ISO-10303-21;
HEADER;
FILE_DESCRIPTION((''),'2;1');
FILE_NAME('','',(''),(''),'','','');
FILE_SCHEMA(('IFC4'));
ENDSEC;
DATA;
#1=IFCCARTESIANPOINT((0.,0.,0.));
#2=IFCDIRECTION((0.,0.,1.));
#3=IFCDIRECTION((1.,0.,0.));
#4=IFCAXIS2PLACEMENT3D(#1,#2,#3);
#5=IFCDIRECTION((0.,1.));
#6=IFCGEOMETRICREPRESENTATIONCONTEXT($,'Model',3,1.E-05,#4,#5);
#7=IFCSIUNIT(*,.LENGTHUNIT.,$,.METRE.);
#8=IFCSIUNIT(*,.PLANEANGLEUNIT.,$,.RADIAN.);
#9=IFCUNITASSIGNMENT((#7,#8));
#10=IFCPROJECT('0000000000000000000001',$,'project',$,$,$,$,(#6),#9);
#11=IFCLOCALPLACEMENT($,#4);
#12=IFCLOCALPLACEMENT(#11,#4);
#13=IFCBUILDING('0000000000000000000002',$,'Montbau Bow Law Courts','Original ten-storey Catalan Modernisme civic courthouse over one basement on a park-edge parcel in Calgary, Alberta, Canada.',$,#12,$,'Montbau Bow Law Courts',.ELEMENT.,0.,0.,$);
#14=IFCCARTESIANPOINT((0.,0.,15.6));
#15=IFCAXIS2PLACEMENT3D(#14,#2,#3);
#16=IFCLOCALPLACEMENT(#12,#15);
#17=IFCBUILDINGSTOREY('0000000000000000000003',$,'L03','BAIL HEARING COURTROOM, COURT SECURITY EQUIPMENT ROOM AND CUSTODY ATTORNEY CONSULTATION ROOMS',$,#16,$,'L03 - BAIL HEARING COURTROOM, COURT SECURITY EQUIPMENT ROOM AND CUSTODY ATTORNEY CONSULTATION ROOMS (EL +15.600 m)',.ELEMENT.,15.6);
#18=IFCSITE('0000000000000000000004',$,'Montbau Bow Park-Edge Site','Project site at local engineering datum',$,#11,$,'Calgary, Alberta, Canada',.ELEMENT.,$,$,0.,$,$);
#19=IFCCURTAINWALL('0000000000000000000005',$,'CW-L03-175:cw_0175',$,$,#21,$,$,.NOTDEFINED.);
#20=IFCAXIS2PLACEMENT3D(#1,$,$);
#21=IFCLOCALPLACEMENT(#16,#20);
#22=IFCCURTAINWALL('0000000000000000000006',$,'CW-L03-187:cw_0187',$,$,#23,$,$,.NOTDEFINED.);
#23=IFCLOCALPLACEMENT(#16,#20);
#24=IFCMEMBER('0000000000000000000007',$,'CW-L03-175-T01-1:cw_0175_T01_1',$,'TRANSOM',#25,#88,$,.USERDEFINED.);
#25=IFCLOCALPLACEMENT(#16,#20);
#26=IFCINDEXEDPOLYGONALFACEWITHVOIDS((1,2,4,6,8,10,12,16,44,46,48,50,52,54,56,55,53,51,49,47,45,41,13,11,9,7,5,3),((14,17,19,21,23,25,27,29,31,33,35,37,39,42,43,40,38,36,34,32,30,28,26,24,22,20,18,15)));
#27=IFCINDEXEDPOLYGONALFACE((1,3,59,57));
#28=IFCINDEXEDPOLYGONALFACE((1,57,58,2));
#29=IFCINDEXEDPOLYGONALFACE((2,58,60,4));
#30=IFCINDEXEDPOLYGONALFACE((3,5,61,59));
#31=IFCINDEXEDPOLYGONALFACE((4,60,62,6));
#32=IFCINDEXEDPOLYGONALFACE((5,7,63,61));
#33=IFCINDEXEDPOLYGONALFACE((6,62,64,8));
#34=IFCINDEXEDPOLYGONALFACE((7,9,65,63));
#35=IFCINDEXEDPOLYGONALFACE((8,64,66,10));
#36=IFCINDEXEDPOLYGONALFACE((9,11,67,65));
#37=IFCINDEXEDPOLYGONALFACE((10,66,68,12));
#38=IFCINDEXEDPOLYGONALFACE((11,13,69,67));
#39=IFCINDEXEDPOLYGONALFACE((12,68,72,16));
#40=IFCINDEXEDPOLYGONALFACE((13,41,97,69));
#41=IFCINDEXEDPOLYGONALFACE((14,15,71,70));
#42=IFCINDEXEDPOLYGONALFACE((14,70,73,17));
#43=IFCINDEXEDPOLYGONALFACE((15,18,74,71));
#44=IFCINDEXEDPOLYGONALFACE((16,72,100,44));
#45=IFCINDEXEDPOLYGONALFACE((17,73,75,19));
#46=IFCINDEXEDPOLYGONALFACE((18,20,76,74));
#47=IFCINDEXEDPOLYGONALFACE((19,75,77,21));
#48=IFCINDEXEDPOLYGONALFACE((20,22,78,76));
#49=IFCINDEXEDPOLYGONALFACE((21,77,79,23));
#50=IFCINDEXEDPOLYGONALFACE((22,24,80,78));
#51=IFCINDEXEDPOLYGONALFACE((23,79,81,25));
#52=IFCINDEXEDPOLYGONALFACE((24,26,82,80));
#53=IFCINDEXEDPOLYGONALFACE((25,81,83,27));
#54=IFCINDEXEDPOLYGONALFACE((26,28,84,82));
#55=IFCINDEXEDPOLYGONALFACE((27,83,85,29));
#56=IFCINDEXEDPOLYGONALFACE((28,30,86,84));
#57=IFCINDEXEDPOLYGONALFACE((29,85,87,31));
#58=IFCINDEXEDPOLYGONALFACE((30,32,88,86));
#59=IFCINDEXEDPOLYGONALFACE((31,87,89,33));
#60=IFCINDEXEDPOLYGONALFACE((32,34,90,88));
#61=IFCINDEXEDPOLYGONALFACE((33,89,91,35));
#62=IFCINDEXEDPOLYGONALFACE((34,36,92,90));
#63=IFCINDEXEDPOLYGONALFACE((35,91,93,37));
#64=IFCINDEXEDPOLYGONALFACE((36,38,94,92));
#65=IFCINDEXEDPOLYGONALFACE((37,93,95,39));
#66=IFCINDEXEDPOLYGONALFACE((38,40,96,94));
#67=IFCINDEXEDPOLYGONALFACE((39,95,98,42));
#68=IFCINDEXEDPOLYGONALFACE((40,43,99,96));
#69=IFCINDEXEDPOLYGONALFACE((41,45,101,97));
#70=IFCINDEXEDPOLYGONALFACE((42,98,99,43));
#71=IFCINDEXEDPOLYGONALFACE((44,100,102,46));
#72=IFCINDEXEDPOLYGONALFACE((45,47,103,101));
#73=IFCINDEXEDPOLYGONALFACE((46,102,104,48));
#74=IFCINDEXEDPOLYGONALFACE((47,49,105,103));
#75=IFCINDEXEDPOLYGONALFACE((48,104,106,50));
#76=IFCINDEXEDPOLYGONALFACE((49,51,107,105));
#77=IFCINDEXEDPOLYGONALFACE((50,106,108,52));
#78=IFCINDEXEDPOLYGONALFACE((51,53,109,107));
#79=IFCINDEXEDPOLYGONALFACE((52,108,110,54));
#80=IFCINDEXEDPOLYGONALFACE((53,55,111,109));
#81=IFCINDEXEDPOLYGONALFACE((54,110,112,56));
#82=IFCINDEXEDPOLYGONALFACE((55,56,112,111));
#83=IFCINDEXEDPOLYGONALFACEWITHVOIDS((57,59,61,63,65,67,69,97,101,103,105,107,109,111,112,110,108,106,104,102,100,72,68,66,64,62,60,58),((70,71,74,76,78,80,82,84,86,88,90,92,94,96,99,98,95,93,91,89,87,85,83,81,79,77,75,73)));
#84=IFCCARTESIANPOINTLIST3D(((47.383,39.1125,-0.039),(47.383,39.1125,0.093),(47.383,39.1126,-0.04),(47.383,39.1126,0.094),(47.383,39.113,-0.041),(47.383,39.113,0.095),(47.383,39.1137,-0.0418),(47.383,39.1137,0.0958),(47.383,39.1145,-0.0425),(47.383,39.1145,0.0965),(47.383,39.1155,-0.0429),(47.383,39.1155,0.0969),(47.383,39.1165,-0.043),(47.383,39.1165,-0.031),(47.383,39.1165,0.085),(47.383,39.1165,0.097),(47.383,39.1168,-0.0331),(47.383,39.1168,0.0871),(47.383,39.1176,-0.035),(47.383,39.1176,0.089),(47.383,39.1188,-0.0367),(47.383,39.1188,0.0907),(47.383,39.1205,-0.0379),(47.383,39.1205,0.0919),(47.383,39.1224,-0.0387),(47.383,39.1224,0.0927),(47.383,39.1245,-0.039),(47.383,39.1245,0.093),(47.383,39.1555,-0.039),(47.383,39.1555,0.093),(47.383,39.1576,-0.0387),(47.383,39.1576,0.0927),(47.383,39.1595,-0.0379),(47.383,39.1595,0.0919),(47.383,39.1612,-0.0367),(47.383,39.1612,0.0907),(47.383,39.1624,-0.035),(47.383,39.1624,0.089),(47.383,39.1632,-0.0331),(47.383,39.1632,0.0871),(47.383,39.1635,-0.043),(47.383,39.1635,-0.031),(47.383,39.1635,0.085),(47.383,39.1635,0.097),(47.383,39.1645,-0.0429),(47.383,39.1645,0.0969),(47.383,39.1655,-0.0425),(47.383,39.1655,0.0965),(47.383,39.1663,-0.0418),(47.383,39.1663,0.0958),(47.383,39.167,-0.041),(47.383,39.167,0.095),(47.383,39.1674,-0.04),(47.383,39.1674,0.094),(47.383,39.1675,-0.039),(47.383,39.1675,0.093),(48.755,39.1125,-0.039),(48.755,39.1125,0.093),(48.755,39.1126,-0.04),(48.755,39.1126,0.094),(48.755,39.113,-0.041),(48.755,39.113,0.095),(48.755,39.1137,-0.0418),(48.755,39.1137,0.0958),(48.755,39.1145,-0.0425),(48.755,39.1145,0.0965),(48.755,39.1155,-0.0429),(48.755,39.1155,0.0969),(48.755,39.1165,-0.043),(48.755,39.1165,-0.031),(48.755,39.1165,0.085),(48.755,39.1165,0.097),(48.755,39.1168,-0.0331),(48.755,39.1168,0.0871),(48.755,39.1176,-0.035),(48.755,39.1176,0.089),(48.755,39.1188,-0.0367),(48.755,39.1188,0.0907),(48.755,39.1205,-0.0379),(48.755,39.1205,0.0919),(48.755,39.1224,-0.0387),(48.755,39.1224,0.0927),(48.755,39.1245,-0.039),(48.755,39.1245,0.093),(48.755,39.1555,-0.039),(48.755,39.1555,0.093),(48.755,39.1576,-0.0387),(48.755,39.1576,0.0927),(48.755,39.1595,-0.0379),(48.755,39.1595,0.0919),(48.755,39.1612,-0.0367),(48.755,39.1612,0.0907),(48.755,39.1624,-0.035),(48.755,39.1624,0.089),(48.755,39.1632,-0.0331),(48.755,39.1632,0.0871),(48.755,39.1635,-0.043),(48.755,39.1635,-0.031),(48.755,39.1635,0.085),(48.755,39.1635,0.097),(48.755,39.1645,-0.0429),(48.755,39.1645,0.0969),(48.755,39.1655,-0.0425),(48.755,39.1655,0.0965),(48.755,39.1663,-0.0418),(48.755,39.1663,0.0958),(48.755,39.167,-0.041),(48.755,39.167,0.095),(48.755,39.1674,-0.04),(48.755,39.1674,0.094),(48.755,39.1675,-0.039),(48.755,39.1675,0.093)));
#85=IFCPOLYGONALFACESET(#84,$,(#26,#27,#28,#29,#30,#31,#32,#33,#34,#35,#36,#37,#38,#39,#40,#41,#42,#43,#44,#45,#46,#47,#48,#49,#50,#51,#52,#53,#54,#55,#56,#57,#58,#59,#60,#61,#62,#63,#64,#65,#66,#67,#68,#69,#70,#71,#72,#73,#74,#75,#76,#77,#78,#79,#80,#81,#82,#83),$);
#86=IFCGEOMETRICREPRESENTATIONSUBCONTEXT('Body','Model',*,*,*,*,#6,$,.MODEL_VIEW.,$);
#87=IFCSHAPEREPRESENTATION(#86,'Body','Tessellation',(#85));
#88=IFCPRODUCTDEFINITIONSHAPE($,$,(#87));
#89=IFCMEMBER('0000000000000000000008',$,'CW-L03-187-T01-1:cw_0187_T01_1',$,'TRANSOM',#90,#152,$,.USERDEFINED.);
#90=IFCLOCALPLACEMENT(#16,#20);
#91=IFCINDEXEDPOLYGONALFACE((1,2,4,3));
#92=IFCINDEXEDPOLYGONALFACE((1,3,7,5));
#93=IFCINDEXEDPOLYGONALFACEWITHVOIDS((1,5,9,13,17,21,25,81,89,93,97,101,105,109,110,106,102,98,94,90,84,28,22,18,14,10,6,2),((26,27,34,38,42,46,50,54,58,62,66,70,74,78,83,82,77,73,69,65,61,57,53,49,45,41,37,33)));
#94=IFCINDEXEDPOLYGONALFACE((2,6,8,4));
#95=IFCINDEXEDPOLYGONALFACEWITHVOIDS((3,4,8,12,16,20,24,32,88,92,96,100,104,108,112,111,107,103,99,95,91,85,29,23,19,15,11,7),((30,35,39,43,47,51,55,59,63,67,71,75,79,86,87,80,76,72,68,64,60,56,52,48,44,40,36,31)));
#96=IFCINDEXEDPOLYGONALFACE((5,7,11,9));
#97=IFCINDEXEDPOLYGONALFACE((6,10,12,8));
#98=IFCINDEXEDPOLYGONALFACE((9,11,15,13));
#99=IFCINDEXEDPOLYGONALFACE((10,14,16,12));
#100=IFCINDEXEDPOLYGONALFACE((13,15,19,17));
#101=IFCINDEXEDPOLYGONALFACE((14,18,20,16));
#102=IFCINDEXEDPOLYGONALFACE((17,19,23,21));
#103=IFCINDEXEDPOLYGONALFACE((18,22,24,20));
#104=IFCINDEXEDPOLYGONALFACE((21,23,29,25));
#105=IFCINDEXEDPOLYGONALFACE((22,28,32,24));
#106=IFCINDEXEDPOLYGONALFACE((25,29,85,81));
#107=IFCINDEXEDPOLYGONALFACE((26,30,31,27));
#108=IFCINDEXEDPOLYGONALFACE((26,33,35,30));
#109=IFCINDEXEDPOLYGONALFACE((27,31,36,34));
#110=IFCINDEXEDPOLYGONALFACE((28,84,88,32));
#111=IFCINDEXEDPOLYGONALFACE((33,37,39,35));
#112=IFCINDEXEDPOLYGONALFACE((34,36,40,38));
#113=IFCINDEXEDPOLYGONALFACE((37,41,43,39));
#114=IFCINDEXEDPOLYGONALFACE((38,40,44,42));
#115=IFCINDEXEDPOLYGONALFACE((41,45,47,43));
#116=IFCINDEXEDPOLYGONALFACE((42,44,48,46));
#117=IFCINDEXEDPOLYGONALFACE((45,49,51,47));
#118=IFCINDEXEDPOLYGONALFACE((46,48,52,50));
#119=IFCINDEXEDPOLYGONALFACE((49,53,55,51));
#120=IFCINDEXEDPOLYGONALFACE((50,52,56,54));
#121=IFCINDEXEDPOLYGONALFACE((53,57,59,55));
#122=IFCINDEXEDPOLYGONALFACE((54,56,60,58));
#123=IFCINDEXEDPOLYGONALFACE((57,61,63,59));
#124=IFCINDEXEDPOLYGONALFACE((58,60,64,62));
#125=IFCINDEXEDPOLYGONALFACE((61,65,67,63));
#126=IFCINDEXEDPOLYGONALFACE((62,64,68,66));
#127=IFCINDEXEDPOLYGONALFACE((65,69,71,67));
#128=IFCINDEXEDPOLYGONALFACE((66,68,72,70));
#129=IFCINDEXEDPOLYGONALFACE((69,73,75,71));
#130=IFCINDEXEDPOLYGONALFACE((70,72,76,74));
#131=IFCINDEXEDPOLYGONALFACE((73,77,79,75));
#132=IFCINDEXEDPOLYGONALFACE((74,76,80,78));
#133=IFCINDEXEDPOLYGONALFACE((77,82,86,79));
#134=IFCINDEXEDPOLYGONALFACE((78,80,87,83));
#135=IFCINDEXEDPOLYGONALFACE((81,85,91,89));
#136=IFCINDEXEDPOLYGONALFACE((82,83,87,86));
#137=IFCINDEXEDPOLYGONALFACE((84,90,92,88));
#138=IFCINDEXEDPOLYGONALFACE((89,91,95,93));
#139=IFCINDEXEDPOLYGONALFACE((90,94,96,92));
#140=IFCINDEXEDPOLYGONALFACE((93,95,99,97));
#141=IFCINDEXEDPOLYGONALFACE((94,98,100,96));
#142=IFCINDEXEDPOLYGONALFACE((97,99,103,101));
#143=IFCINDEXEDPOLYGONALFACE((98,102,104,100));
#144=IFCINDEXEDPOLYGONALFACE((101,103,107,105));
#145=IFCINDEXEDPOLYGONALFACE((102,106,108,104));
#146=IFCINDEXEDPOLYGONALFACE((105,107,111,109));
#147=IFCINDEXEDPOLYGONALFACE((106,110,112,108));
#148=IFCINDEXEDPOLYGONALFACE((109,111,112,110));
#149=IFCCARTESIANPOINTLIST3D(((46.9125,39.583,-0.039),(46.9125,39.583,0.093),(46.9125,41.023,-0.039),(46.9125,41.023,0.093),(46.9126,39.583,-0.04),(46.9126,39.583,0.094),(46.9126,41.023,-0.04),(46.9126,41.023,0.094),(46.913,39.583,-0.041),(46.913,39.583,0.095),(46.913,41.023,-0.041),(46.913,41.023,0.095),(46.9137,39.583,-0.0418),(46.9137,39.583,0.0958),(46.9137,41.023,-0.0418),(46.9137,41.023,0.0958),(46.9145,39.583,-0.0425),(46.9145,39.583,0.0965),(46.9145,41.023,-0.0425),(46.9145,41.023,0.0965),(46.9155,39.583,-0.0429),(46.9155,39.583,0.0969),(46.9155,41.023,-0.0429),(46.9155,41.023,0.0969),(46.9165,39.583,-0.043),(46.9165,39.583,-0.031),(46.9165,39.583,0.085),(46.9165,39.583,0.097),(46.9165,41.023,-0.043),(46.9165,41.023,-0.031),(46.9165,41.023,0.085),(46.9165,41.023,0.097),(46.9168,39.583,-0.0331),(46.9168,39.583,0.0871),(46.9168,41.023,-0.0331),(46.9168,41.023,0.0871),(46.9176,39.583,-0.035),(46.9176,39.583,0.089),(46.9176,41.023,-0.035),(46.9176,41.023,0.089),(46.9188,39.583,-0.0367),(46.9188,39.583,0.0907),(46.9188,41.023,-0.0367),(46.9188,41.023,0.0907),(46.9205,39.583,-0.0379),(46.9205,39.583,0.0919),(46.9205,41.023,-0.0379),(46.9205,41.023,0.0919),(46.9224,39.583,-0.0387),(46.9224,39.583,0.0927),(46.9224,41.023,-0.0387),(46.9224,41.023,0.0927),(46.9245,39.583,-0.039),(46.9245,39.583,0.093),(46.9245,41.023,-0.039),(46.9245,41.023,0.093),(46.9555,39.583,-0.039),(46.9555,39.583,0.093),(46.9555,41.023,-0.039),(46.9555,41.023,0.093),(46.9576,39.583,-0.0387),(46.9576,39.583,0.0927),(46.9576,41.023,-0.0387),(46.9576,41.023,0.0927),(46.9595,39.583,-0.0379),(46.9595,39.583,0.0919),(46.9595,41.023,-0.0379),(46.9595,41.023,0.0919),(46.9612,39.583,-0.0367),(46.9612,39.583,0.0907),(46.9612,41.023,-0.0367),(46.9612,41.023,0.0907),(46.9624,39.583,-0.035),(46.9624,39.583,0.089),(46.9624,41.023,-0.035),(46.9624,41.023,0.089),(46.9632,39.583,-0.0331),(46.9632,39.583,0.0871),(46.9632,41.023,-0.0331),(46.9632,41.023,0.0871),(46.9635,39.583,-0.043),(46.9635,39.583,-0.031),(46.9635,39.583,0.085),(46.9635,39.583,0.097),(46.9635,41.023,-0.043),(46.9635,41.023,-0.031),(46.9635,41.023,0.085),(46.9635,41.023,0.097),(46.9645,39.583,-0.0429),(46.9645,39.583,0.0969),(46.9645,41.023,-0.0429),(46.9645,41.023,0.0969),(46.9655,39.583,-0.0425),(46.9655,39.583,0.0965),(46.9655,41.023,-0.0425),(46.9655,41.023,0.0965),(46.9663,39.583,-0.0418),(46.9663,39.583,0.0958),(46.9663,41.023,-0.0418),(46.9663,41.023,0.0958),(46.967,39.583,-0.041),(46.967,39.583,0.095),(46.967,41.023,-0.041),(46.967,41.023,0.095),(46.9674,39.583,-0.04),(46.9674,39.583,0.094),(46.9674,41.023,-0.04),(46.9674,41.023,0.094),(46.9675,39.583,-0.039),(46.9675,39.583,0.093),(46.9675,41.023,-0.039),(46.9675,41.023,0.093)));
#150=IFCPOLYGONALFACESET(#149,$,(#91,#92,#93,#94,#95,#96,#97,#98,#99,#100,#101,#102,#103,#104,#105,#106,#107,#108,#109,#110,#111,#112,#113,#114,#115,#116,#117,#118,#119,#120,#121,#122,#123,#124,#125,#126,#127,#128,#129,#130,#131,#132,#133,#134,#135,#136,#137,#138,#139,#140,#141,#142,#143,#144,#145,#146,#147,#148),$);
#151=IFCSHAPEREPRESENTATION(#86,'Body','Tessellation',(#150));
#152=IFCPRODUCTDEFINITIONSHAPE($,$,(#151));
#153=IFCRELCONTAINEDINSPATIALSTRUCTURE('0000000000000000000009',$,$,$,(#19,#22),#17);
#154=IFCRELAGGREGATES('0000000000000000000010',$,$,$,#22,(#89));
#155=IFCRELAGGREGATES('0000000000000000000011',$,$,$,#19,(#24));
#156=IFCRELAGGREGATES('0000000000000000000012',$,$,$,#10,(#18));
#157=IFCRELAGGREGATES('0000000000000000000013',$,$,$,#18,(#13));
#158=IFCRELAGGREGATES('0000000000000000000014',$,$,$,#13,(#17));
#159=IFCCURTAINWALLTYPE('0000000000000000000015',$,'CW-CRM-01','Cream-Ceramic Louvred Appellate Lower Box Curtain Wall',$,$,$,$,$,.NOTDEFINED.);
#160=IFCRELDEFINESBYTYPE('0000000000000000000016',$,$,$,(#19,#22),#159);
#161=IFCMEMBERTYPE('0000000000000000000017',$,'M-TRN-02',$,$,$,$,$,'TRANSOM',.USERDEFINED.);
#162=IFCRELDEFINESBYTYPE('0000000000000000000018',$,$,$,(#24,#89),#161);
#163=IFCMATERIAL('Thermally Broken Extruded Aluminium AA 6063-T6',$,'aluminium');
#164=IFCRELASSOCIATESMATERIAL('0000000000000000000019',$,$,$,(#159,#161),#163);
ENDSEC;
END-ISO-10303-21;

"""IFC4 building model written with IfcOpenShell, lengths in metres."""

from ifc_helpers import new_model, si_unit, direction, frame, origin_with_axes, origin_2d_with_axis, place, context, subcontext, project, spatial, hollow_rectangle, extrude, material, material_profile, profile_set, type_object, element, aggregate, save


model = new_model("IFC4")

# Units and contexts
model_context = context("Model", 3, precision=1e-05, world=origin_with_axes(), true_north=direction((0.0, 1.0)))
body_context = subcontext(model_context, "Body", "Model", "MODEL_VIEW")
ifc_project = project(units=[si_unit("LENGTHUNIT", "METRE"), si_unit("PLANEANGLEUNIT", "RADIAN")], contexts=[model_context])

# Site, building, storey
site_placement = place(None, origin_with_axes())
site = spatial("IfcSite", under=ifc_project, at=site_placement, Name="Montbau Bow Park-Edge Site", Description="Project site at local engineering datum", LongName="Calgary, Alberta, Canada", CompositionType="ELEMENT", RefElevation=0.0)
building_placement = place(site_placement, origin_with_axes())
building = spatial("IfcBuilding", under=site, at=building_placement, Name="Montbau Bow Law Courts", Description="Original ten-storey Catalan Modernisme civic courthouse over one basement on a park-edge parcel in Calgary, Alberta, Canada.", LongName="Montbau Bow Law Courts", CompositionType="ELEMENT", ElevationOfRefHeight=0.0, ElevationOfTerrain=0.0)
storey_placement = place(building_placement, frame((0.0, 0.0, 15.6), z_axis=(0.0, 0.0, 1.0), x_axis=(1.0, 0.0, 0.0)))
storey = spatial("IfcBuildingStorey", under=building, at=storey_placement, Name="L03", Description="BAIL HEARING COURTROOM, COURT SECURITY EQUIPMENT ROOM AND CUSTODY ATTORNEY CONSULTATION ROOMS", LongName="L03 - BAIL HEARING COURTROOM, COURT SECURITY EQUIPMENT ROOM AND CUSTODY ATTORNEY CONSULTATION ROOMS (EL +15.600 m)", CompositionType="ELEMENT", Elevation=15.6)

# Curtain walls
ifc_material_1 = material(Name="Thermally Broken Extruded Aluminium AA 6063-T6", Category="aluminium")
curtain_wall_type_1 = type_object("IfcCurtainWallType", Name="CW-CRM-01", Description="Cream-Ceramic Louvred Appellate Lower Box Curtain Wall", PredefinedType="NOTDEFINED", material=ifc_material_1)
curtain_wall_1_placement = place(None, frame((47.315, 39.14, 15.6), z_axis=(0.0, 0.0, 1.0), x_axis=(1.0, 0.0, 0.0)))
curtain_wall_1 = element("IfcCurtainWall", 1, at=curtain_wall_1_placement, inside=storey, type_object=curtain_wall_type_1, Name="CW-L03-175:cw_0175", PredefinedType="NOTDEFINED")
curtain_wall_2_placement = place(None, frame((46.94, 39.515, 15.6), z_axis=(0.0, 0.0, 1.0), x_axis=(1.0, 0.0, 0.0)))
curtain_wall_2 = element("IfcCurtainWall", 2, at=curtain_wall_2_placement, inside=storey, type_object=curtain_wall_type_1, Name="CW-L03-187:cw_0187", PredefinedType="NOTDEFINED")

# Members
ifc_material_profile_1 = material_profile(ifc_material_1, hollow_rectangle(XDim=0.055, YDim=0.14, WallThickness=0.004, InnerFilletRadius=0.008, OuterFilletRadius=0.004, at=origin_2d_with_axis()), Name="CWT-140X55", Category="Main", Priority=0)
ifc_profile_set_1 = profile_set([ifc_material_profile_1], Name="Thermally Broken Extruded Aluminium AA 6063-T6")
member_type_1 = type_object("IfcMemberType", Name="M-TRN-02", ElementType="TRANSOM", PredefinedType="USERDEFINED", material=ifc_profile_set_1)
member_1_placement = place(None, frame((47.383, 39.14, 15.627), z_axis=(1.0, 0.0, 0.0), x_axis=(0.0, 1.0, 0.0)))
member_1 = element("IfcMember", 3, at=member_1_placement, type_object=member_type_1, Name="CW-L03-175-T01-1:cw_0175_T01_1", ObjectType="TRANSOM", PredefinedType="USERDEFINED", context=body_context, shape_type="SweptSolid", body=[
    extrude(hollow_rectangle(XDim=0.055, YDim=0.14, WallThickness=0.004, InnerFilletRadius=0.008, OuterFilletRadius=0.004, at=origin_2d_with_axis()), origin_with_axes(), (0.0, 0.0, 1.0), 1.372),
])
member_2_placement = place(None, frame((46.94, 39.583, 15.627), z_axis=(0.0, 1.0, 0.0), x_axis=(-1.0, 0.0, 0.0)))
member_2 = element("IfcMember", 4, at=member_2_placement, type_object=member_type_1, Name="CW-L03-187-T01-1:cw_0187_T01_1", ObjectType="TRANSOM", PredefinedType="USERDEFINED", context=body_context, shape_type="SweptSolid", body=[
    extrude(hollow_rectangle(XDim=0.055, YDim=0.14, WallThickness=0.004, InnerFilletRadius=0.008, OuterFilletRadius=0.004, at=origin_2d_with_axis()), origin_with_axes(), (0.0, 0.0, 1.0), 1.44),
])
aggregate(curtain_wall_2, [member_2])

aggregate(curtain_wall_1, [member_1])

save(model, "model.ifc")
